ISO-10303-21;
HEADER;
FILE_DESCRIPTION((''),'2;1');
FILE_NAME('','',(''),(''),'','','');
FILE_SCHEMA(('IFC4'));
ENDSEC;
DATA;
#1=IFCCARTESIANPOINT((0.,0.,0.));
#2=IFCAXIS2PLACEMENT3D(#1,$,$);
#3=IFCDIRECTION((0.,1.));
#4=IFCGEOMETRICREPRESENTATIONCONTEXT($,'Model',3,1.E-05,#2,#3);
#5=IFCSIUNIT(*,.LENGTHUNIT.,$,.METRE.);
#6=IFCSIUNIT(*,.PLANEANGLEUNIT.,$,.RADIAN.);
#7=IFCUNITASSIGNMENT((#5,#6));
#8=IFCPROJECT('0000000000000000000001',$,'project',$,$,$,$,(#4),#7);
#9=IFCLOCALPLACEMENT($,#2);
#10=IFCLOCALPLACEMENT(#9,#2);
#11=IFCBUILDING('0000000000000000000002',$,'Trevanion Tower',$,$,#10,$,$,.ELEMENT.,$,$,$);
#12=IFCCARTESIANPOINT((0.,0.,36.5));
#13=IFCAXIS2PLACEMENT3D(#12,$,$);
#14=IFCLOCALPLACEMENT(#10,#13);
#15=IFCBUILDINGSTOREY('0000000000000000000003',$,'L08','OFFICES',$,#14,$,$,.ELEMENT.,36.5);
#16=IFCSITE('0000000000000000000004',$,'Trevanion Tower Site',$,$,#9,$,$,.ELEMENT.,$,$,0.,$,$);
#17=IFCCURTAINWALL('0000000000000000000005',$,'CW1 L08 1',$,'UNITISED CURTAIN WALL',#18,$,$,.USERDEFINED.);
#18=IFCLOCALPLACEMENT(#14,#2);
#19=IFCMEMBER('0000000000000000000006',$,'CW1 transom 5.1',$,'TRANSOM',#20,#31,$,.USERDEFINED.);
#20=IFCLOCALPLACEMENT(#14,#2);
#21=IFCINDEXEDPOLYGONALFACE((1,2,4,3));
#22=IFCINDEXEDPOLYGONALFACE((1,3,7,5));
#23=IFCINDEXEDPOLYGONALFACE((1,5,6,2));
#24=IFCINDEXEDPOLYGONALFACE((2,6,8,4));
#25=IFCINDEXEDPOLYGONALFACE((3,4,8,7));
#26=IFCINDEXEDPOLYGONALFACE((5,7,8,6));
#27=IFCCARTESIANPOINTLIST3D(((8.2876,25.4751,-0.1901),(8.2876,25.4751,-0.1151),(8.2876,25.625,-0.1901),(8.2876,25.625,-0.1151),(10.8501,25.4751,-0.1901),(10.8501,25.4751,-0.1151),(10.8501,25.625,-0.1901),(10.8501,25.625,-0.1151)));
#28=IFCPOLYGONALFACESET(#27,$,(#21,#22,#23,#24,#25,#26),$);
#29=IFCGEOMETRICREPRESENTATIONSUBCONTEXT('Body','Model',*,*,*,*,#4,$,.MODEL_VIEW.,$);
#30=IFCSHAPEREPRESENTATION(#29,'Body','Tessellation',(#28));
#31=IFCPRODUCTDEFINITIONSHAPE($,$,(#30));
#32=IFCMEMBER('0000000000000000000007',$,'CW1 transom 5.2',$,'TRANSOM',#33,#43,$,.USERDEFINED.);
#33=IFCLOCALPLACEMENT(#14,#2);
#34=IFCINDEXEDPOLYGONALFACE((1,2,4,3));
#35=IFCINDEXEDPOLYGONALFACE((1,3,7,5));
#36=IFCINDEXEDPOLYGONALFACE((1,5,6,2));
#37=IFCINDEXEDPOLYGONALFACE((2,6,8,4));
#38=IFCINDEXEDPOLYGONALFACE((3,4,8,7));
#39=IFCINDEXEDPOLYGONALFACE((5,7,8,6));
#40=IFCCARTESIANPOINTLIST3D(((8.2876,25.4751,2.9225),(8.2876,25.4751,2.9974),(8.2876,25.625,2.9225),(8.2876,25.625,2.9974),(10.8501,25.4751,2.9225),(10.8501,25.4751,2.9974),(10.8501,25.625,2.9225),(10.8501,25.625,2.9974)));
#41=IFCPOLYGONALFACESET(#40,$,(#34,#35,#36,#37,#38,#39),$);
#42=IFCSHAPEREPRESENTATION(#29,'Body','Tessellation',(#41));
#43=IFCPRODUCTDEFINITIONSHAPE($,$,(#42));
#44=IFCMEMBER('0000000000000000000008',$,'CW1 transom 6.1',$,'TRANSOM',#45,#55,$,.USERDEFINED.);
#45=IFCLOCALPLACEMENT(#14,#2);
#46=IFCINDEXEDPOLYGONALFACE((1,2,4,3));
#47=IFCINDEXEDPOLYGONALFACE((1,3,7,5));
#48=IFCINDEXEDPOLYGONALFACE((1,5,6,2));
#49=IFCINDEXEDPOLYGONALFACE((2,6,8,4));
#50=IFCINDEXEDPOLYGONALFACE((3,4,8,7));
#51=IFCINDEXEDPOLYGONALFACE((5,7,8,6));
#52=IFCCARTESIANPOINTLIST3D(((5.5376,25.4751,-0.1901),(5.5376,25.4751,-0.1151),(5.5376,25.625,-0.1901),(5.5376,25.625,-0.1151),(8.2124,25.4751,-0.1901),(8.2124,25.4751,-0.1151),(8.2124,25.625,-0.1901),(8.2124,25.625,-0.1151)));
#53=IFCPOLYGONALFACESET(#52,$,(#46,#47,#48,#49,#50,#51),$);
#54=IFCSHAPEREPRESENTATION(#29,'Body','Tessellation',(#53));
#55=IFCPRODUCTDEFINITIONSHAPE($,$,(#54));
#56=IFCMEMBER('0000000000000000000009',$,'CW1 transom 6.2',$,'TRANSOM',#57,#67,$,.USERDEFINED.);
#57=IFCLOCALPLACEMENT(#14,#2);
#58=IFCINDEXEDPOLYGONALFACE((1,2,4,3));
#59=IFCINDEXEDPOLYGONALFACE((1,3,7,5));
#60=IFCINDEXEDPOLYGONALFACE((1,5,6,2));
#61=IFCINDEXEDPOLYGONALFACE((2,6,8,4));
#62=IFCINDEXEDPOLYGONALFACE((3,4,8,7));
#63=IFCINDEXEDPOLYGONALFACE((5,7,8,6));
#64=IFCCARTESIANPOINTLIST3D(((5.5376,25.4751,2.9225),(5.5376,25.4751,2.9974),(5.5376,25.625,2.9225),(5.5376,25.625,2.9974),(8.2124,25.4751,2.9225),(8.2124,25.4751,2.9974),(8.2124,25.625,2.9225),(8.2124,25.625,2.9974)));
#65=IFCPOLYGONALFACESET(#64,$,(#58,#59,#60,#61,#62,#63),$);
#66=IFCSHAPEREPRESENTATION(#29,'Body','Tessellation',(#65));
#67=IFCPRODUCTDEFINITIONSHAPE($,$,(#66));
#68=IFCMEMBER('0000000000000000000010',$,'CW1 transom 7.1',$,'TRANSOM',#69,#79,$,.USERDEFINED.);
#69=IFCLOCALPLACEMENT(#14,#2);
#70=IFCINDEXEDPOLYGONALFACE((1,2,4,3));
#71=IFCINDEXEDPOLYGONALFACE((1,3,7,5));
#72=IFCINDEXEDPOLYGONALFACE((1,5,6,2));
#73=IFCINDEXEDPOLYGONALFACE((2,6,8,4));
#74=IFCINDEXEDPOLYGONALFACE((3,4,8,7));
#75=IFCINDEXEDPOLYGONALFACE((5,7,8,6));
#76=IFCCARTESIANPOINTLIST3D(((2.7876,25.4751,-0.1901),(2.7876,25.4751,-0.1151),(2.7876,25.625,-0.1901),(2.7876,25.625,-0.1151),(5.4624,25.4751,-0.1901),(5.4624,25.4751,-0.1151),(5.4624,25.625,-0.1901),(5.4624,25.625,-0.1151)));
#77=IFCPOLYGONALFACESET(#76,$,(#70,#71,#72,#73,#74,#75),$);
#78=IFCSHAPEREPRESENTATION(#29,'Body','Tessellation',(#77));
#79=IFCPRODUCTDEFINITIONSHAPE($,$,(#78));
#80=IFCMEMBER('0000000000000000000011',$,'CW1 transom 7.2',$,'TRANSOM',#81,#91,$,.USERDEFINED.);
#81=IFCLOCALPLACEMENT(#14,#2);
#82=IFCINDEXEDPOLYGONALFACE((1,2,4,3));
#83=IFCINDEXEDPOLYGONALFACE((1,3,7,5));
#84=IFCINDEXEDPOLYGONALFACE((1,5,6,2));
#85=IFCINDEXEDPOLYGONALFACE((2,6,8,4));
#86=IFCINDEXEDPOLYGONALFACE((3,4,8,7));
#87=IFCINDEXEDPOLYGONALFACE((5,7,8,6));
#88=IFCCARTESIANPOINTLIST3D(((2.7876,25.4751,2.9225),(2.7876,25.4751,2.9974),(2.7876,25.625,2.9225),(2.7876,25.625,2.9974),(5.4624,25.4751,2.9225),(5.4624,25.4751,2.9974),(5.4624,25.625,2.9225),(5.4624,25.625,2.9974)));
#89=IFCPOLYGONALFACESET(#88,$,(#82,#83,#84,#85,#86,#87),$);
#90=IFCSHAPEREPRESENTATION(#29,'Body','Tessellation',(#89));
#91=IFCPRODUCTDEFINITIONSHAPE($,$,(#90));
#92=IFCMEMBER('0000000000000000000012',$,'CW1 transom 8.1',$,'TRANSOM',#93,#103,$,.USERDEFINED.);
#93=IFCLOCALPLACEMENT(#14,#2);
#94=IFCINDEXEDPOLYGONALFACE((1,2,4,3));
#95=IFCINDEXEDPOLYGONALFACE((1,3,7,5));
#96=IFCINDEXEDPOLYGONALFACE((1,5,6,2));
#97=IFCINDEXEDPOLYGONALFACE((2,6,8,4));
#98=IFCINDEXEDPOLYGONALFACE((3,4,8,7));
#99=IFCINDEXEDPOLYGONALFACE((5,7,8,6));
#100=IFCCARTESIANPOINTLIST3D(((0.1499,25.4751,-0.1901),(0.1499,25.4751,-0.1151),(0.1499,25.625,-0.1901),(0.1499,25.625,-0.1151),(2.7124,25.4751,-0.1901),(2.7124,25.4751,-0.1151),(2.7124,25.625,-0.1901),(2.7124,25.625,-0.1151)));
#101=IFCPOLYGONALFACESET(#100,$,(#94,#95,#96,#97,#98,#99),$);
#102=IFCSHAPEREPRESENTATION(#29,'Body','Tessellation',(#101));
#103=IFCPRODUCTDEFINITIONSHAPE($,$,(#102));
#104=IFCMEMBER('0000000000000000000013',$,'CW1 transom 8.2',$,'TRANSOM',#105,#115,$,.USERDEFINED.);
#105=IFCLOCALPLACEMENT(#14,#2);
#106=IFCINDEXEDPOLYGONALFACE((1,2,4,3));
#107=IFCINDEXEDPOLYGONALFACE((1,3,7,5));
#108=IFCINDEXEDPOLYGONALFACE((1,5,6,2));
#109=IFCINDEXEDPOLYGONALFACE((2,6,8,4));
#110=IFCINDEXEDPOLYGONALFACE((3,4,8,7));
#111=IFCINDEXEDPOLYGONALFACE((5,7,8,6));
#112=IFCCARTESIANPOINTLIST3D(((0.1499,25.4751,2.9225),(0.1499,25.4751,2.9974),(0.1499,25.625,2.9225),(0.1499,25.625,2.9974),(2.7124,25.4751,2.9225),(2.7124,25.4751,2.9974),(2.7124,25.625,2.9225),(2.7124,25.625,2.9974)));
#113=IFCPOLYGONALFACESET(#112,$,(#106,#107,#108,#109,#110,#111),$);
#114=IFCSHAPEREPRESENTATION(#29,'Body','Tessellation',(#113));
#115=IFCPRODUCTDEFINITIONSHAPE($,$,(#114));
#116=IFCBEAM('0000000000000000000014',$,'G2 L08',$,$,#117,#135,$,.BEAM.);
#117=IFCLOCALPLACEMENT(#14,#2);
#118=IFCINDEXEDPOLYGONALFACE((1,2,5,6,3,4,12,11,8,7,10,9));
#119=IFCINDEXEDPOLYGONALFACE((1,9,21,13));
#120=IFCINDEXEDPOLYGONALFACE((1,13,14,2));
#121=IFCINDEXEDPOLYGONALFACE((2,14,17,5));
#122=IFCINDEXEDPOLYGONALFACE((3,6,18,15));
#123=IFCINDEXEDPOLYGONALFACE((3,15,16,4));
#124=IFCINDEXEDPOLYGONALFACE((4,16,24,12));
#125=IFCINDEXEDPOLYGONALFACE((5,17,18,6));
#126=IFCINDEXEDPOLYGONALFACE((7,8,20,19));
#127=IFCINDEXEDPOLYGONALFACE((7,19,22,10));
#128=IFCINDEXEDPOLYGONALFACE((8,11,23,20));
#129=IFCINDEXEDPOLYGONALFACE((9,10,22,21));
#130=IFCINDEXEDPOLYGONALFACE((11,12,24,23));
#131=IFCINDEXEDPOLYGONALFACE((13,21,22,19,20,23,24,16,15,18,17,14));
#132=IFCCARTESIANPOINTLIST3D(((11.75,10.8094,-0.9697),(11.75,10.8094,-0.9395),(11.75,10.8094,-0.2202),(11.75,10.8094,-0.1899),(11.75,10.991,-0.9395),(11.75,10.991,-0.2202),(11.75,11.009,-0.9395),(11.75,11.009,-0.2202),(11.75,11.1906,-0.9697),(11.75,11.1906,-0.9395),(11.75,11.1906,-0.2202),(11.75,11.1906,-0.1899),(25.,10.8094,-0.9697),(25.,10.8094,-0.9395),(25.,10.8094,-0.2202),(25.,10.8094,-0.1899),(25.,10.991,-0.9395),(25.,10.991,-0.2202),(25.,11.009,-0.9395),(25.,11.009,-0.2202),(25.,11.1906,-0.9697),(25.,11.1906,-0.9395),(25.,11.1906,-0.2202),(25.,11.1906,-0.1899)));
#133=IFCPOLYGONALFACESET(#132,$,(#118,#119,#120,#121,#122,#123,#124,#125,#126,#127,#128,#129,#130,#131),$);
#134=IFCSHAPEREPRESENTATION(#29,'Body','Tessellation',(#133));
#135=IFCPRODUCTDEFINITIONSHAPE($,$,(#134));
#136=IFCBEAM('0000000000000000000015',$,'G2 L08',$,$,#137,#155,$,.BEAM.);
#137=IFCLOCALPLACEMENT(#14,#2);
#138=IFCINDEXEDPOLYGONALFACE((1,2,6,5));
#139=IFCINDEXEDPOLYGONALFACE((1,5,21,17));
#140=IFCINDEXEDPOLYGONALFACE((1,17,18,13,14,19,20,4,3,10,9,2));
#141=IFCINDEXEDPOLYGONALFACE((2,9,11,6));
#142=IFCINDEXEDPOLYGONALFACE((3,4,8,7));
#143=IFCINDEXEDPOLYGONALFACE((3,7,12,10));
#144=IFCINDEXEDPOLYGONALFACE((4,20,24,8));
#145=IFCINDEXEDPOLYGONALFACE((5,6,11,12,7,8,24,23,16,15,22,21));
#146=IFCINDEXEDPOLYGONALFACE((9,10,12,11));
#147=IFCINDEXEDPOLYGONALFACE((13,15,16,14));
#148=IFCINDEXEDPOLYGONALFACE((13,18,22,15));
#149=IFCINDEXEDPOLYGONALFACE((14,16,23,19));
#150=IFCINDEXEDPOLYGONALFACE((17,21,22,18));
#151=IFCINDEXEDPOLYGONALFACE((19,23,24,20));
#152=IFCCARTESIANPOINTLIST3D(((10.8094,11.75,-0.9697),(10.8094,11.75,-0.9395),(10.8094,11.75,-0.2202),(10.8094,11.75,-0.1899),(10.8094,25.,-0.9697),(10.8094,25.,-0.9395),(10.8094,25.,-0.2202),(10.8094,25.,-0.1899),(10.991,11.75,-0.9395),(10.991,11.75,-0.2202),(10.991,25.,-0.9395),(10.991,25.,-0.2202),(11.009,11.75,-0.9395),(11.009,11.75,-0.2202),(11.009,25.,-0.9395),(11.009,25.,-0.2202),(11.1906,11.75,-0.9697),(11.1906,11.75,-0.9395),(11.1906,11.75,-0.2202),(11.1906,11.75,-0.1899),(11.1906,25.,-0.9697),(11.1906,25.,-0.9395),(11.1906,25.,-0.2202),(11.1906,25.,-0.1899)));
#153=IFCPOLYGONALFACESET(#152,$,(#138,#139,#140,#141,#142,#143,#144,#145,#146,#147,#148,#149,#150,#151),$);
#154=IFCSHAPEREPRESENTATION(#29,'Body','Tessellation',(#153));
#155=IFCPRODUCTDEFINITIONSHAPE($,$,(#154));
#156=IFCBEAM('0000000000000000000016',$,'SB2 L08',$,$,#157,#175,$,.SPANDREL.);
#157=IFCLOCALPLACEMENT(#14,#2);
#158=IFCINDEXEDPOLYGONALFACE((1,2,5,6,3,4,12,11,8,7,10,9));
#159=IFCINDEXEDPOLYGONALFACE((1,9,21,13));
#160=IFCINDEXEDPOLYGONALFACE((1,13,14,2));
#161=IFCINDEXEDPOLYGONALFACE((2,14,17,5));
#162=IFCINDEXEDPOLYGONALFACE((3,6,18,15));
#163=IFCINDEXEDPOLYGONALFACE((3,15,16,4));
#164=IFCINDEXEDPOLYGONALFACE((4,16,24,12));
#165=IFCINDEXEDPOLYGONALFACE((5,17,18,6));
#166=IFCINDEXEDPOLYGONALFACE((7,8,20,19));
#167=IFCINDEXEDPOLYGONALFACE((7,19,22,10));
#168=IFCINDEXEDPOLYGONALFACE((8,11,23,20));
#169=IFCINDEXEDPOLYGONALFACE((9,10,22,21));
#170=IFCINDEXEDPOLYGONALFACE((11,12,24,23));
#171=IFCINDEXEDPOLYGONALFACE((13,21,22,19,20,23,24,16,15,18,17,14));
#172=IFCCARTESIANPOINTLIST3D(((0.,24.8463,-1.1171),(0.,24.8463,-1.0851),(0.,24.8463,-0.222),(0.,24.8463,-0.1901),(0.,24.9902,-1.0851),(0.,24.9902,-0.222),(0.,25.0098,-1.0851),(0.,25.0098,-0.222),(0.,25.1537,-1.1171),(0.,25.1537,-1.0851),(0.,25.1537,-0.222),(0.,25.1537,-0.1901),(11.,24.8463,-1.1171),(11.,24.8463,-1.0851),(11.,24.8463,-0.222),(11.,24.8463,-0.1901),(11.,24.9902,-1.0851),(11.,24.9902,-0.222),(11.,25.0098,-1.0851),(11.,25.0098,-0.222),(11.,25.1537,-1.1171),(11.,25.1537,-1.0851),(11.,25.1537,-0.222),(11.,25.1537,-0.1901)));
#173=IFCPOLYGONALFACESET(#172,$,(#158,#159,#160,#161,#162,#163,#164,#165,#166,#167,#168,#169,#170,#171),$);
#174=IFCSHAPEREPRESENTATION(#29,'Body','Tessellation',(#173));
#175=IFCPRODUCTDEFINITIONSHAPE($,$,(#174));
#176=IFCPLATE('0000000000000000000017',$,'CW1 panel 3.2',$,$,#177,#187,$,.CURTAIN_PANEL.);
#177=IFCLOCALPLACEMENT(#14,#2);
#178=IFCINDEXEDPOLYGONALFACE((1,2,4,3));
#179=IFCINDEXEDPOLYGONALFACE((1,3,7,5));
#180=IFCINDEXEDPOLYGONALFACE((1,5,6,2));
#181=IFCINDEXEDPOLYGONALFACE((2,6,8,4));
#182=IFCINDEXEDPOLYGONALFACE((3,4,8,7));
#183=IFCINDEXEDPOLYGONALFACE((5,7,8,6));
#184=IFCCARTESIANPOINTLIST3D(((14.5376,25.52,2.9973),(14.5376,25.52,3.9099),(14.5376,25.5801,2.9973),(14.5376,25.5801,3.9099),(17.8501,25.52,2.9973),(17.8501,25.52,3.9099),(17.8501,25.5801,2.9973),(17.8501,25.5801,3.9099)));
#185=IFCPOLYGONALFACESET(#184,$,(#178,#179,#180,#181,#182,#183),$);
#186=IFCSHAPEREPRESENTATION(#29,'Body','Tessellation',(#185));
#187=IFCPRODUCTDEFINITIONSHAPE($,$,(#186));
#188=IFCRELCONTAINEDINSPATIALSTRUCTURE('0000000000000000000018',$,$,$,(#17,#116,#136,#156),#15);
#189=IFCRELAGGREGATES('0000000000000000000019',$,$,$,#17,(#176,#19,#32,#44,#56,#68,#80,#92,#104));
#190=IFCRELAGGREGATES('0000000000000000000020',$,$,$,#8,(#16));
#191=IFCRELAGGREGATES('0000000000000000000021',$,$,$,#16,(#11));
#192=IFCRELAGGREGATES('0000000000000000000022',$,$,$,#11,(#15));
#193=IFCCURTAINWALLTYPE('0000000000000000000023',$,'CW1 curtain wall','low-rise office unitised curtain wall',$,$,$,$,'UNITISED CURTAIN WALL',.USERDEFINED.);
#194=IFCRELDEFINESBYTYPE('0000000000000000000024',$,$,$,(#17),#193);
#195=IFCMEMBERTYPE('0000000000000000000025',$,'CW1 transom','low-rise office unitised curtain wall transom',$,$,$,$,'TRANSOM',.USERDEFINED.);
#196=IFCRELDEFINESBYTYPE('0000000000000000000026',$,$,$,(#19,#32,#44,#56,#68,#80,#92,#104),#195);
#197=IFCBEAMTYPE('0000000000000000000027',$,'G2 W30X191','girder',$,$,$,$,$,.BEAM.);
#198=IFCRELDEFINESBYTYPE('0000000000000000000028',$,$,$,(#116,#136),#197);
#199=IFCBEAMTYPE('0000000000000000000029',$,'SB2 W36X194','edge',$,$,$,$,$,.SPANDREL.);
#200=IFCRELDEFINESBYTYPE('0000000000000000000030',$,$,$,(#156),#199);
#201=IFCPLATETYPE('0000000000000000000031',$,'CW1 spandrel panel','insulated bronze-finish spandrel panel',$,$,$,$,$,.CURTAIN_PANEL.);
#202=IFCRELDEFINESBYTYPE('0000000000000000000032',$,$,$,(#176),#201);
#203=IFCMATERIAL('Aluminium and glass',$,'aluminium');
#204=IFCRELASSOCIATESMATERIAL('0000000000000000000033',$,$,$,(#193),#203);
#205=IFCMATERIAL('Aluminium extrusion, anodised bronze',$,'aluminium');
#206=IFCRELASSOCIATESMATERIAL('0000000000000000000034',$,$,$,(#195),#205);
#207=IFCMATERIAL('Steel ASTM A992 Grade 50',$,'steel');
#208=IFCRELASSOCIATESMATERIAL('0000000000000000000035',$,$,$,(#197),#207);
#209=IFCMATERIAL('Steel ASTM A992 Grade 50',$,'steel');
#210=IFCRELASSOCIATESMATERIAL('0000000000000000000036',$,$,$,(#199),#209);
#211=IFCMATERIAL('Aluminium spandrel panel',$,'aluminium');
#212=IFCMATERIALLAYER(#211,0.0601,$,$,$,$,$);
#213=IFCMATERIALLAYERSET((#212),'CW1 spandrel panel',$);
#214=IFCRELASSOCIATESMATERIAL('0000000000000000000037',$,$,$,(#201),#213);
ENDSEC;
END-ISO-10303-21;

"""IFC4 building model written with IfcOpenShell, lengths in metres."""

from ifc_helpers import new_model, si_unit, direction, frame, origin, origin_2d, place, context, subcontext, project, spatial, rectangle, i_section, extrude, material, layer, layer_set, material_profile, profile_set, type_object, element, aggregate, save


model = new_model("IFC4")

# Units and contexts
model_context = context("Model", 3, precision=1e-05, world=origin(), true_north=direction((0.0, 1.0)))
body_context = subcontext(model_context, "Body", "Model", "MODEL_VIEW")
ifc_project = project(units=[si_unit("LENGTHUNIT", "METRE"), si_unit("PLANEANGLEUNIT", "RADIAN")], contexts=[model_context])

# Site, building, storey
site_placement = place(None, origin())
site = spatial("IfcSite", under=ifc_project, at=site_placement, Name="Trevanion Tower Site", CompositionType="ELEMENT", RefElevation=0.0)
building_placement = place(site_placement, origin())
building = spatial("IfcBuilding", under=site, at=building_placement, Name="Trevanion Tower", CompositionType="ELEMENT")
storey_placement = place(building_placement, frame((0.0, 0.0, 36.5)))
storey = spatial("IfcBuildingStorey", under=building, at=storey_placement, Name="L08", Description="OFFICES", CompositionType="ELEMENT", Elevation=36.5)

# Curtain wall, members
ifc_material_1 = material(Name="Aluminium and glass", Category="aluminium")
curtain_wall_type = type_object("IfcCurtainWallType", Name="CW1 curtain wall", Description="low-rise office unitised curtain wall", ElementType="UNITISED CURTAIN WALL", PredefinedType="USERDEFINED", material=ifc_material_1)
curtain_wall_placement = place(storey_placement, origin())
curtain_wall = element("IfcCurtainWall", 1, at=curtain_wall_placement, inside=storey, type_object=curtain_wall_type, Name="CW1 L08 1", ObjectType="UNITISED CURTAIN WALL", PredefinedType="USERDEFINED")
ifc_material_2 = material(Name="Aluminium extrusion, anodised bronze", Category="aluminium")
ifc_material_profile_1 = material_profile(ifc_material_2, rectangle(XDim=0.1499, YDim=0.075, at=origin_2d()), Name="CW1 transom")
ifc_profile_set_1 = profile_set([ifc_material_profile_1], Name="Aluminium extrusion, anodised bronze")
member_type_1 = type_object("IfcMemberType", Name="CW1 transom", Description="low-rise office unitised curtain wall transom", ElementType="TRANSOM", PredefinedType="USERDEFINED", material=ifc_profile_set_1)
member_1_placement = place(storey_placement, frame((10.8501, 25.55, -0.1526), z_axis=(-1.0, 0.0, 0.0), x_axis=(0.0, -1.0, 0.0)))
member_1 = element("IfcMember", 2, at=member_1_placement, type_object=member_type_1, Name="CW1 transom 5.1", ObjectType="TRANSOM", PredefinedType="USERDEFINED", context=body_context, shape_type="SweptSolid", body=[
    extrude(rectangle(XDim=0.1499, YDim=0.075, at=origin_2d()), origin(), (0.0, 0.0, 1.0), 2.5625),
])
member_2_placement = place(storey_placement, frame((10.8501, 25.55, 2.96), z_axis=(-1.0, 0.0, 0.0), x_axis=(0.0, -1.0, 0.0)))
member_2 = element("IfcMember", 3, at=member_2_placement, type_object=member_type_1, Name="CW1 transom 5.2", ObjectType="TRANSOM", PredefinedType="USERDEFINED", context=body_context, shape_type="SweptSolid", body=[
    extrude(rectangle(XDim=0.1499, YDim=0.075, at=origin_2d()), origin(), (0.0, 0.0, 1.0), 2.5625),
])
member_3_placement = place(storey_placement, frame((8.2124, 25.55, -0.1526), z_axis=(-1.0, 0.0, 0.0), x_axis=(0.0, -1.0, 0.0)))
member_3 = element("IfcMember", 4, at=member_3_placement, type_object=member_type_1, Name="CW1 transom 6.1", ObjectType="TRANSOM", PredefinedType="USERDEFINED", context=body_context, shape_type="SweptSolid", body=[
    extrude(rectangle(XDim=0.1499, YDim=0.075, at=origin_2d()), origin(), (0.0, 0.0, 1.0), 2.6748),
])
member_4_placement = place(storey_placement, frame((8.2124, 25.55, 2.96), z_axis=(-1.0, 0.0, 0.0), x_axis=(0.0, -1.0, 0.0)))
member_4 = element("IfcMember", 5, at=member_4_placement, type_object=member_type_1, Name="CW1 transom 6.2", ObjectType="TRANSOM", PredefinedType="USERDEFINED", context=body_context, shape_type="SweptSolid", body=[
    extrude(rectangle(XDim=0.1499, YDim=0.075, at=origin_2d()), origin(), (0.0, 0.0, 1.0), 2.6748),
])
member_5_placement = place(storey_placement, frame((5.4624, 25.55, -0.1526), z_axis=(-1.0, 0.0, 0.0), x_axis=(0.0, -1.0, 0.0)))
member_5 = element("IfcMember", 6, at=member_5_placement, type_object=member_type_1, Name="CW1 transom 7.1", ObjectType="TRANSOM", PredefinedType="USERDEFINED", context=body_context, shape_type="SweptSolid", body=[
    extrude(rectangle(XDim=0.1499, YDim=0.075, at=origin_2d()), origin(), (0.0, 0.0, 1.0), 2.6748),
])
member_6_placement = place(storey_placement, frame((5.4624, 25.55, 2.96), z_axis=(-1.0, 0.0, 0.0), x_axis=(0.0, -1.0, 0.0)))
member_6 = element("IfcMember", 7, at=member_6_placement, type_object=member_type_1, Name="CW1 transom 7.2", ObjectType="TRANSOM", PredefinedType="USERDEFINED", context=body_context, shape_type="SweptSolid", body=[
    extrude(rectangle(XDim=0.1499, YDim=0.075, at=origin_2d()), origin(), (0.0, 0.0, 1.0), 2.6748),
])
member_7_placement = place(storey_placement, frame((2.7124, 25.55, -0.1526), z_axis=(-1.0, 0.0, 0.0), x_axis=(0.0, -1.0, 0.0)))
member_7 = element("IfcMember", 8, at=member_7_placement, type_object=member_type_1, Name="CW1 transom 8.1", ObjectType="TRANSOM", PredefinedType="USERDEFINED", context=body_context, shape_type="SweptSolid", body=[
    extrude(rectangle(XDim=0.1499, YDim=0.075, at=origin_2d()), origin(), (0.0, 0.0, 1.0), 2.5625),
])
member_8_placement = place(storey_placement, frame((2.7124, 25.55, 2.96), z_axis=(-1.0, 0.0, 0.0), x_axis=(0.0, -1.0, 0.0)))
member_8 = element("IfcMember", 9, at=member_8_placement, type_object=member_type_1, Name="CW1 transom 8.2", ObjectType="TRANSOM", PredefinedType="USERDEFINED", context=body_context, shape_type="SweptSolid", body=[
    extrude(rectangle(XDim=0.1499, YDim=0.075, at=origin_2d()), origin(), (0.0, 0.0, 1.0), 2.5625),
])

# Beams
ifc_material_3 = material(Name="Steel ASTM A992 Grade 50", Category="steel")
ifc_material_profile_2 = material_profile(ifc_material_3, i_section(OverallWidth=0.3811, OverallDepth=0.7798, WebThickness=0.0181, FlangeThickness=0.0303, at=origin_2d()), Name="W30X191")
ifc_profile_set_2 = profile_set([ifc_material_profile_2], Name="Steel ASTM A992 Grade 50")
beam_type_1 = type_object("IfcBeamType", Name="G2 W30X191", Description="girder", PredefinedType="BEAM", material=ifc_profile_set_2)
for number, where, z_axis, x_axis, name in (
    (10, (11.75, 11.0, -0.5798), (1.0, 0.0, 0.0), (0.0, 1.0, 0.0), "G2 L08"),
    (11, (11.0, 11.75, -0.5798), (0.0, 1.0, 0.0), (-1.0, 0.0, 0.0), "G2 L08"),
):
    element("IfcBeam", number, at=place(storey_placement, frame(where, z_axis=z_axis, x_axis=x_axis)), inside=storey, type_object=beam_type_1, Name=name, PredefinedType="BEAM", context=body_context, shape_type="SweptSolid", body=[
        extrude(i_section(OverallWidth=0.3811, OverallDepth=0.7798, WebThickness=0.0181, FlangeThickness=0.0303, at=origin_2d()), origin(), (0.0, 0.0, 1.0), 13.25),
    ])
ifc_material_4 = material(Name="Steel ASTM A992 Grade 50", Category="steel")
ifc_material_profile_3 = material_profile(ifc_material_4, i_section(OverallWidth=0.3074, OverallDepth=0.927, WebThickness=0.0195, FlangeThickness=0.032, at=origin_2d()), Name="W36X194")
ifc_profile_set_3 = profile_set([ifc_material_profile_3], Name="Steel ASTM A992 Grade 50")
beam_type_2 = type_object("IfcBeamType", Name="SB2 W36X194", Description="edge", PredefinedType="SPANDREL", material=ifc_profile_set_3)
beam_1_placement = place(storey_placement, frame((11.0, 25.0, -0.6536), z_axis=(-1.0, 0.0, 0.0), x_axis=(0.0, -1.0, 0.0)))
element("IfcBeam", 12, at=beam_1_placement, inside=storey, type_object=beam_type_2, Name="SB2 L08", PredefinedType="SPANDREL", context=body_context, shape_type="SweptSolid", body=[
    extrude(i_section(OverallWidth=0.3074, OverallDepth=0.927, WebThickness=0.0195, FlangeThickness=0.032, at=origin_2d()), origin(), (0.0, 0.0, 1.0), 11.0),
])

# Plate
ifc_material_5 = material(Name="Aluminium spandrel panel", Category="aluminium")
ifc_layer_1 = layer(ifc_material_5, 0.0601)
ifc_layer_set_1 = layer_set([ifc_layer_1], Name="CW1 spandrel panel")
plate_type_1 = type_object("IfcPlateType", Name="CW1 spandrel panel", Description="insulated bronze-finish spandrel panel", PredefinedType="CURTAIN_PANEL", material=ifc_layer_set_1)
plate_1_placement = place(storey_placement, frame((16.1938, 25.55, 2.9973), z_axis=(0.0, 0.0, 1.0), x_axis=(-1.0, 0.0, 0.0)))
plate_1 = element("IfcPlate", 13, at=plate_1_placement, type_object=plate_type_1, Name="CW1 panel 3.2", PredefinedType="CURTAIN_PANEL", context=body_context, shape_type="SweptSolid", body=[
    extrude(rectangle(XDim=3.3125, YDim=0.0601, at=origin_2d()), origin(), (0.0, 0.0, 1.0), 0.9126),
])
aggregate(curtain_wall, [plate_1, member_1, member_2, member_3, member_4, member_5, member_6, member_7, member_8])

save(model, "model.ifc")
